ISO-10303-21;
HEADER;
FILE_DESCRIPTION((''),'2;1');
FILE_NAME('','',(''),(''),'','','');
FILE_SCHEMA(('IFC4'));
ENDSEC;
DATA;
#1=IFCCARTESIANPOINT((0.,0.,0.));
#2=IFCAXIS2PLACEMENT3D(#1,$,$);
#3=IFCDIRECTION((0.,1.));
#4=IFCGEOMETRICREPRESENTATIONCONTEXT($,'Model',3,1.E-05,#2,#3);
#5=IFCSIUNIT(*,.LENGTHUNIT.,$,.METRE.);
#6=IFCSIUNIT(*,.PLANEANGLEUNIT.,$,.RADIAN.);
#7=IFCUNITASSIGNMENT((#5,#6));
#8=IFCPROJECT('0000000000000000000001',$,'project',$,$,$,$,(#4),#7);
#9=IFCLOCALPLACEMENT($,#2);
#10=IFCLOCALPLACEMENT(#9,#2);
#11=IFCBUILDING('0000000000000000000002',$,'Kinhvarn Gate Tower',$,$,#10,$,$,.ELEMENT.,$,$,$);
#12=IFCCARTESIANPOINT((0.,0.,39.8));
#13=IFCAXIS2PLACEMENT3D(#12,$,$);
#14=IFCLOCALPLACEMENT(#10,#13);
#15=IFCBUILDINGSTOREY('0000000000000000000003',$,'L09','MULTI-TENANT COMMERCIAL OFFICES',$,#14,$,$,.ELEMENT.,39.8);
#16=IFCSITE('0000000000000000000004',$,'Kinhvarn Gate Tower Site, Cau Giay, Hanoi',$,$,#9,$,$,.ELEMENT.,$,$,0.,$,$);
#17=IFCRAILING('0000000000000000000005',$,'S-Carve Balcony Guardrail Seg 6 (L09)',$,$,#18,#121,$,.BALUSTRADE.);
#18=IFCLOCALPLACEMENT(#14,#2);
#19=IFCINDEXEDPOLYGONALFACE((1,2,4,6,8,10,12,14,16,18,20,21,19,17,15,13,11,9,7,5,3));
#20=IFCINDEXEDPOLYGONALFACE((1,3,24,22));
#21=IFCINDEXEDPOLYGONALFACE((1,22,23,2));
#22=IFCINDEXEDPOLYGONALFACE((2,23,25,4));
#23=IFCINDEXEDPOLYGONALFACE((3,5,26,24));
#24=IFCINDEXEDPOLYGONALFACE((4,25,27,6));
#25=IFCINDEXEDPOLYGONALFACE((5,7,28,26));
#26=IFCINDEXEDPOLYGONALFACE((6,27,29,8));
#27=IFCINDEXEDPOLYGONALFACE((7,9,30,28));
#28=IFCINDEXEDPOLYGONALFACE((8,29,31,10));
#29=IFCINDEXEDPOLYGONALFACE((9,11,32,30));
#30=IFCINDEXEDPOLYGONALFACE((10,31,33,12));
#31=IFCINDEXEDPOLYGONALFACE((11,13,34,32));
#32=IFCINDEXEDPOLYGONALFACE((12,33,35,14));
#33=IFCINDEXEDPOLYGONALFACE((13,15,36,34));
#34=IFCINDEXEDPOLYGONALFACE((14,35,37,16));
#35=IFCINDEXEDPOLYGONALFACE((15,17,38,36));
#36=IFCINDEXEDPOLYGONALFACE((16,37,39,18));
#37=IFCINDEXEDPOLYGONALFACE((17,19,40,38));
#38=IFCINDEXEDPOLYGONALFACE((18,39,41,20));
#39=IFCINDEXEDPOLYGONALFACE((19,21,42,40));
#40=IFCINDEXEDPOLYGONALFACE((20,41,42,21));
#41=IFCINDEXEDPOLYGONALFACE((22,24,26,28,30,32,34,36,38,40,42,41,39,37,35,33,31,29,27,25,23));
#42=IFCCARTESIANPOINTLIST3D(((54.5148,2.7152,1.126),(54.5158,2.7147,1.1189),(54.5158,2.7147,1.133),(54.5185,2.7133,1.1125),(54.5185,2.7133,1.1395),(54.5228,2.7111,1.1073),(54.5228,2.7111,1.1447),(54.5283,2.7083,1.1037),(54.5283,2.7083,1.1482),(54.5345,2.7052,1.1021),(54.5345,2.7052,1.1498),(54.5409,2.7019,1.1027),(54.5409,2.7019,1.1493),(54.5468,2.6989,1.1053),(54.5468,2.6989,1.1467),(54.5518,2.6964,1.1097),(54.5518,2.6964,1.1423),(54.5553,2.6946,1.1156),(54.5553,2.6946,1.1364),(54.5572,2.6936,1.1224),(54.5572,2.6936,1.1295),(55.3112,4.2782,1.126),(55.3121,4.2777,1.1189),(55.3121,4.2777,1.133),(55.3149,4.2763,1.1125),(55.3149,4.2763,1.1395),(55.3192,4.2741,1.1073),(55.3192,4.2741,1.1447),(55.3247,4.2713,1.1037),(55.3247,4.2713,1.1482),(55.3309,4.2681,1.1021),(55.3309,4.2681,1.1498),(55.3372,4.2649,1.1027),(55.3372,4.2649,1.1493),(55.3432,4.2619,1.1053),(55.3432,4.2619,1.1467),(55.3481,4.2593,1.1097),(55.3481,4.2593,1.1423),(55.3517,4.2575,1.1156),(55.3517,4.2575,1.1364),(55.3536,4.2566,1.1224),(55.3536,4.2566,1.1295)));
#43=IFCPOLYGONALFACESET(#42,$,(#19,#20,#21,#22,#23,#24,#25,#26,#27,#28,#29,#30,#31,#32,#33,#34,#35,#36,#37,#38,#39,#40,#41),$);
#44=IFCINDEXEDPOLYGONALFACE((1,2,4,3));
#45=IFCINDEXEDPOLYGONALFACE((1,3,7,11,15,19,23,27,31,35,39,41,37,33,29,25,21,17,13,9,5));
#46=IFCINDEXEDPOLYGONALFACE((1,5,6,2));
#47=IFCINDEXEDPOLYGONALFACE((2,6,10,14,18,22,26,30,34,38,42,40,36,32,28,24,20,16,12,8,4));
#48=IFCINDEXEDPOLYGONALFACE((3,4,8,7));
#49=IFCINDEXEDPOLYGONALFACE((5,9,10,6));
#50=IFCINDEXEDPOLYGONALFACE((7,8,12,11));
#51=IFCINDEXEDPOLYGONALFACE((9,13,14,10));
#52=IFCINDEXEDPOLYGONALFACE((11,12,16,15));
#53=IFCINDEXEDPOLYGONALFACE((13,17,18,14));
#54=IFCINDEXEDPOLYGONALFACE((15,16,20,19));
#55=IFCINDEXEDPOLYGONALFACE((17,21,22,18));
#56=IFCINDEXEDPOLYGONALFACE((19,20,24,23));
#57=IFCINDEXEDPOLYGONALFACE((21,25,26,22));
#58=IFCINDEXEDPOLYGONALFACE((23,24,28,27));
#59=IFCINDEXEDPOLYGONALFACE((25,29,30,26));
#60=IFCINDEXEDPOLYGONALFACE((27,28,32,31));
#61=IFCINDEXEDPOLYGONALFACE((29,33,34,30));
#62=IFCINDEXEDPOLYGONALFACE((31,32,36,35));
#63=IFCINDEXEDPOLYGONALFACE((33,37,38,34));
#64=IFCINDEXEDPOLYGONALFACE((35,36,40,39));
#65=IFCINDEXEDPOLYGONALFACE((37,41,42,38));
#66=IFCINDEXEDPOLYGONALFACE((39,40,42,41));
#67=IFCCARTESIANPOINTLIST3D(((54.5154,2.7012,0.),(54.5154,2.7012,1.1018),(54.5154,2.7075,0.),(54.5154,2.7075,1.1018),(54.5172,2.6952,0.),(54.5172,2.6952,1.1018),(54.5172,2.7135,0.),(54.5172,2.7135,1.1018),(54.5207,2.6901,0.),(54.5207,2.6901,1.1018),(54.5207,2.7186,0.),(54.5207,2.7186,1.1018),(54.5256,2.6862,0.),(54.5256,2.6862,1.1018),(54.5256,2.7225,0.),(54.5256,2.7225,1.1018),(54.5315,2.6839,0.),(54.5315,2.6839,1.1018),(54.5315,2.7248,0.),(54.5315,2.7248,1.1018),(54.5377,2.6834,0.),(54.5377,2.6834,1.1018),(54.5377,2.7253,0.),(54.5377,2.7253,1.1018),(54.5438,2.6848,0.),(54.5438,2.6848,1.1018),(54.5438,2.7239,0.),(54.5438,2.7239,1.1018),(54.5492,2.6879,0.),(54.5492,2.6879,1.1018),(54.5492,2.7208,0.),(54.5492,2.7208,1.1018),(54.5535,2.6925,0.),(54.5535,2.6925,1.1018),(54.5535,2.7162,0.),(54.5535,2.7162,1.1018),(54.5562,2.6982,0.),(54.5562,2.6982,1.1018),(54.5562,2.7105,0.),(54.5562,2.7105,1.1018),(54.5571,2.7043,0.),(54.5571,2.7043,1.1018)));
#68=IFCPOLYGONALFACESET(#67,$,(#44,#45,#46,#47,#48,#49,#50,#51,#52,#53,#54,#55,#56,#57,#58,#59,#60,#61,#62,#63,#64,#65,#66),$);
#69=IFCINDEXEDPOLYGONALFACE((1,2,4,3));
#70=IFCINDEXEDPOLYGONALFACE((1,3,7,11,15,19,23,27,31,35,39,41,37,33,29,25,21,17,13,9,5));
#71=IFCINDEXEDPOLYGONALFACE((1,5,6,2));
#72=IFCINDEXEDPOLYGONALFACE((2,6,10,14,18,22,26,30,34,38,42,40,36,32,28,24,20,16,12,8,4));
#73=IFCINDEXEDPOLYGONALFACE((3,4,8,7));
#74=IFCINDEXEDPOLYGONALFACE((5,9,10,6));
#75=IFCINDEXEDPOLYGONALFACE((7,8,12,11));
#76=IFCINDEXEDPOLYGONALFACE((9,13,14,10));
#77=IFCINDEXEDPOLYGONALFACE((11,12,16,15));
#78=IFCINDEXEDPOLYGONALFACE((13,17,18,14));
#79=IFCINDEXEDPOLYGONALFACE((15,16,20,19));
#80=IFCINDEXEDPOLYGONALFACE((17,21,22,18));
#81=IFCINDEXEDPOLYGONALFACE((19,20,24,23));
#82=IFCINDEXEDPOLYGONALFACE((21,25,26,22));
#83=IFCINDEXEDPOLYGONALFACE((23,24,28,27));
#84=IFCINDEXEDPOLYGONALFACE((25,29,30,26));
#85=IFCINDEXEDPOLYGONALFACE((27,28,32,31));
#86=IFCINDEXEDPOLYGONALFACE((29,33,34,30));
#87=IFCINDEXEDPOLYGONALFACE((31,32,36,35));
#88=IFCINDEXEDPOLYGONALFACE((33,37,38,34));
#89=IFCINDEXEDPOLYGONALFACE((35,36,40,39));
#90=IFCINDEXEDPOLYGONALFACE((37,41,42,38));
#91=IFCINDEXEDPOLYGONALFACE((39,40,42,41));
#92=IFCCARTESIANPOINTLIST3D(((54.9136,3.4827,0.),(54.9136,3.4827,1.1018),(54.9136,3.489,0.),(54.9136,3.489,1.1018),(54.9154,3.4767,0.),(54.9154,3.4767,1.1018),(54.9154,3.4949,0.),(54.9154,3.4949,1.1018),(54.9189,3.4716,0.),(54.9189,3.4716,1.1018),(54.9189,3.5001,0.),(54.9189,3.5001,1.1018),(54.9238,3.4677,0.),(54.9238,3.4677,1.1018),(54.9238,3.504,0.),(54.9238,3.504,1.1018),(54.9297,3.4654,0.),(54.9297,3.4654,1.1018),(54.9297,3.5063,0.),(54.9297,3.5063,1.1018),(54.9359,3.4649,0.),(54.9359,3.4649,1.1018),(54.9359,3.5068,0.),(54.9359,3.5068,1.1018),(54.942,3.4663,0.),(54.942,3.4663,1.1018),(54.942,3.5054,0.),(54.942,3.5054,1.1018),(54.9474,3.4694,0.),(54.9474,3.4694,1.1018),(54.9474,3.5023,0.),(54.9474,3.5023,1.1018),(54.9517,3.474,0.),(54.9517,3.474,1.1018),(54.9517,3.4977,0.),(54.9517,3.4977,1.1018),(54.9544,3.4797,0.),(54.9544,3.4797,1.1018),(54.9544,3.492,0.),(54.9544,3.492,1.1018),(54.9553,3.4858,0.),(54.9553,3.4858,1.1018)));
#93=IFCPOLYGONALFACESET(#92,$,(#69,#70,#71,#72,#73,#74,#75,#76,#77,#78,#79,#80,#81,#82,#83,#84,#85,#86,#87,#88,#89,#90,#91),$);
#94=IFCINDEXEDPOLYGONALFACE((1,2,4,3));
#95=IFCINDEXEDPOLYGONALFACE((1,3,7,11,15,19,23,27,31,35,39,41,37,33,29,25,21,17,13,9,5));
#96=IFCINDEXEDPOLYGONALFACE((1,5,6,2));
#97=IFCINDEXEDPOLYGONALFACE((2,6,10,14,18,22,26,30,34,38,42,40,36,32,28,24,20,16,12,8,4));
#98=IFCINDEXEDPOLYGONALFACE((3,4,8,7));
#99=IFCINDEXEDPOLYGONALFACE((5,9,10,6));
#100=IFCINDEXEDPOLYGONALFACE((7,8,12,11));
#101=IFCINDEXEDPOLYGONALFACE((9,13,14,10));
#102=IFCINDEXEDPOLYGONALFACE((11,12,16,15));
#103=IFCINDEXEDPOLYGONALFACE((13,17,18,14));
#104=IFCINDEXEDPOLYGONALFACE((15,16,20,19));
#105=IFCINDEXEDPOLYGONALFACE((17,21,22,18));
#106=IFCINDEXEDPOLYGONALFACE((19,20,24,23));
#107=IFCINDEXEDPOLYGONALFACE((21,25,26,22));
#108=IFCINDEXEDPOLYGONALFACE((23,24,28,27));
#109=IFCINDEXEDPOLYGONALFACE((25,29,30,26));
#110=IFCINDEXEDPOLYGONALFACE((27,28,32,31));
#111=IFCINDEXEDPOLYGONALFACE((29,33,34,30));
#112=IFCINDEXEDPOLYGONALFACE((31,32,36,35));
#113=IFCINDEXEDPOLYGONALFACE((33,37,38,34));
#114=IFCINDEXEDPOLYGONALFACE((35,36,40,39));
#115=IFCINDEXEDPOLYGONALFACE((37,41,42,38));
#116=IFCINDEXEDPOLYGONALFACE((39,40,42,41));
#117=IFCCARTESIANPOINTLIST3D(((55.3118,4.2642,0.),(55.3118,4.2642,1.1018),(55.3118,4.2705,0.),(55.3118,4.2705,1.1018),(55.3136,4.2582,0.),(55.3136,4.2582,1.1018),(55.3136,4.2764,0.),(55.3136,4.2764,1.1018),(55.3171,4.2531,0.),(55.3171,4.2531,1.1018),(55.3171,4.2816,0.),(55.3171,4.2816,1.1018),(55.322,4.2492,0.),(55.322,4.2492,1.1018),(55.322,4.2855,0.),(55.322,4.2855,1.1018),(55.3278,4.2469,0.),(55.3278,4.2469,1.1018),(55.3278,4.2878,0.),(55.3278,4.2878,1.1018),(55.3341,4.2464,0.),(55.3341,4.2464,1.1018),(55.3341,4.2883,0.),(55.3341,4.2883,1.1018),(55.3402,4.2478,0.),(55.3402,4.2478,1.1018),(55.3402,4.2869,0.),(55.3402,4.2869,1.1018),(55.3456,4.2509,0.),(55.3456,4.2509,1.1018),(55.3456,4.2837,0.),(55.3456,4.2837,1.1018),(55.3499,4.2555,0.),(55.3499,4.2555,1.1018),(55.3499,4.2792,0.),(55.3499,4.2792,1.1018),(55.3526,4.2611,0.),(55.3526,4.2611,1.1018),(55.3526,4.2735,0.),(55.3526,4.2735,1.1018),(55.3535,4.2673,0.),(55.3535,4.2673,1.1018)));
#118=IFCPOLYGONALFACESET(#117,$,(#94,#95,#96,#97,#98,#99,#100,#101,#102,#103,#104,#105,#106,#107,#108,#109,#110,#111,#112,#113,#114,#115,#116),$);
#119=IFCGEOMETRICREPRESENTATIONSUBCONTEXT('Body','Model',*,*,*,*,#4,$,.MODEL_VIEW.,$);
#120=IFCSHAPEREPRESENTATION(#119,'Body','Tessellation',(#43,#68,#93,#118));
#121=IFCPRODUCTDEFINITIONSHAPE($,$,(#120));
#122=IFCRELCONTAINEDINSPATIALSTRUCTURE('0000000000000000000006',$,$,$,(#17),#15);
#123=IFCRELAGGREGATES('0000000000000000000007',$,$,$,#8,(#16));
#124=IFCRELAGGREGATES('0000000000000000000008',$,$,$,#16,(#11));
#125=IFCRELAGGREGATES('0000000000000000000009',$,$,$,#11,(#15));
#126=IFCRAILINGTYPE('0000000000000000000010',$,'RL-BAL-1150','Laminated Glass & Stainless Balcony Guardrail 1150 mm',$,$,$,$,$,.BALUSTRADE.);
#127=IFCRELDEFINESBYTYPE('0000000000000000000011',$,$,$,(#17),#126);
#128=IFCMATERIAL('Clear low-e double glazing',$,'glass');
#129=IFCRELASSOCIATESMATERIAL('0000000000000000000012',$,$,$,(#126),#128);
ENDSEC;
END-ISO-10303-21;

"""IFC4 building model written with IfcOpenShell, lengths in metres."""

from ifc_helpers import new_model, si_unit, direction, frame, origin, origin_2d, place, context, subcontext, project, spatial, circle, extrude, material, type_object, element, save


model = new_model("IFC4")

# Units and contexts
model_context = context("Model", 3, precision=1e-05, world=origin(), true_north=direction((0.0, 1.0)))
body_context = subcontext(model_context, "Body", "Model", "MODEL_VIEW")
ifc_project = project(units=[si_unit("LENGTHUNIT", "METRE"), si_unit("PLANEANGLEUNIT", "RADIAN")], contexts=[model_context])

# Site, building, storey
site_placement = place(None, origin())
site = spatial("IfcSite", under=ifc_project, at=site_placement, Name="Kinhvarn Gate Tower Site, Cau Giay, Hanoi", CompositionType="ELEMENT", RefElevation=0.0)
building_placement = place(site_placement, origin())
building = spatial("IfcBuilding", under=site, at=building_placement, Name="Kinhvarn Gate Tower", CompositionType="ELEMENT")
storey_placement = place(building_placement, frame((0.0, 0.0, 39.8)))
storey = spatial("IfcBuildingStorey", under=building, at=storey_placement, Name="L09", Description="MULTI-TENANT COMMERCIAL OFFICES", CompositionType="ELEMENT", Elevation=39.8)

# Shared definitions
ifc_material_1 = material(Name="Clear low-e double glazing", Category="glass")

# Railing
railing_type = type_object("IfcRailingType", Name="RL-BAL-1150", Description="Laminated Glass & Stainless Balcony Guardrail 1150 mm", PredefinedType="BALUSTRADE", material=ifc_material_1)
railing_1_placement = place(storey_placement, frame((54.5361, 2.7043, 0.0)))
element("IfcRailing", 1, at=railing_1_placement, inside=storey, type_object=railing_type, Name="S-Carve Balcony Guardrail Seg 6 (L09)", PredefinedType="BALUSTRADE", context=body_context, shape_type="SweptSolid", body=[
    extrude(circle(Radius=0.0239, at=origin_2d()), frame((0.0, 0.0, 1.126), z_axis=(0.453992, 0.891006, 0.0), x_axis=(-0.891006, 0.453992, 0.0)), (0.0, 0.0, 1.0), 1.7542),
    extrude(circle(Radius=0.021, at=origin_2d()), origin(), (0.0, 0.0, 1.0), 1.1018),
    extrude(circle(Radius=0.021, at=origin_2d()), frame((0.3982, 0.7815, 0.0)), (0.0, 0.0, 1.0), 1.1018),
    extrude(circle(Radius=0.021, at=origin_2d()), frame((0.7964, 1.563, 0.0)), (0.0, 0.0, 1.0), 1.1018),
])

save(model, "model.ifc")
